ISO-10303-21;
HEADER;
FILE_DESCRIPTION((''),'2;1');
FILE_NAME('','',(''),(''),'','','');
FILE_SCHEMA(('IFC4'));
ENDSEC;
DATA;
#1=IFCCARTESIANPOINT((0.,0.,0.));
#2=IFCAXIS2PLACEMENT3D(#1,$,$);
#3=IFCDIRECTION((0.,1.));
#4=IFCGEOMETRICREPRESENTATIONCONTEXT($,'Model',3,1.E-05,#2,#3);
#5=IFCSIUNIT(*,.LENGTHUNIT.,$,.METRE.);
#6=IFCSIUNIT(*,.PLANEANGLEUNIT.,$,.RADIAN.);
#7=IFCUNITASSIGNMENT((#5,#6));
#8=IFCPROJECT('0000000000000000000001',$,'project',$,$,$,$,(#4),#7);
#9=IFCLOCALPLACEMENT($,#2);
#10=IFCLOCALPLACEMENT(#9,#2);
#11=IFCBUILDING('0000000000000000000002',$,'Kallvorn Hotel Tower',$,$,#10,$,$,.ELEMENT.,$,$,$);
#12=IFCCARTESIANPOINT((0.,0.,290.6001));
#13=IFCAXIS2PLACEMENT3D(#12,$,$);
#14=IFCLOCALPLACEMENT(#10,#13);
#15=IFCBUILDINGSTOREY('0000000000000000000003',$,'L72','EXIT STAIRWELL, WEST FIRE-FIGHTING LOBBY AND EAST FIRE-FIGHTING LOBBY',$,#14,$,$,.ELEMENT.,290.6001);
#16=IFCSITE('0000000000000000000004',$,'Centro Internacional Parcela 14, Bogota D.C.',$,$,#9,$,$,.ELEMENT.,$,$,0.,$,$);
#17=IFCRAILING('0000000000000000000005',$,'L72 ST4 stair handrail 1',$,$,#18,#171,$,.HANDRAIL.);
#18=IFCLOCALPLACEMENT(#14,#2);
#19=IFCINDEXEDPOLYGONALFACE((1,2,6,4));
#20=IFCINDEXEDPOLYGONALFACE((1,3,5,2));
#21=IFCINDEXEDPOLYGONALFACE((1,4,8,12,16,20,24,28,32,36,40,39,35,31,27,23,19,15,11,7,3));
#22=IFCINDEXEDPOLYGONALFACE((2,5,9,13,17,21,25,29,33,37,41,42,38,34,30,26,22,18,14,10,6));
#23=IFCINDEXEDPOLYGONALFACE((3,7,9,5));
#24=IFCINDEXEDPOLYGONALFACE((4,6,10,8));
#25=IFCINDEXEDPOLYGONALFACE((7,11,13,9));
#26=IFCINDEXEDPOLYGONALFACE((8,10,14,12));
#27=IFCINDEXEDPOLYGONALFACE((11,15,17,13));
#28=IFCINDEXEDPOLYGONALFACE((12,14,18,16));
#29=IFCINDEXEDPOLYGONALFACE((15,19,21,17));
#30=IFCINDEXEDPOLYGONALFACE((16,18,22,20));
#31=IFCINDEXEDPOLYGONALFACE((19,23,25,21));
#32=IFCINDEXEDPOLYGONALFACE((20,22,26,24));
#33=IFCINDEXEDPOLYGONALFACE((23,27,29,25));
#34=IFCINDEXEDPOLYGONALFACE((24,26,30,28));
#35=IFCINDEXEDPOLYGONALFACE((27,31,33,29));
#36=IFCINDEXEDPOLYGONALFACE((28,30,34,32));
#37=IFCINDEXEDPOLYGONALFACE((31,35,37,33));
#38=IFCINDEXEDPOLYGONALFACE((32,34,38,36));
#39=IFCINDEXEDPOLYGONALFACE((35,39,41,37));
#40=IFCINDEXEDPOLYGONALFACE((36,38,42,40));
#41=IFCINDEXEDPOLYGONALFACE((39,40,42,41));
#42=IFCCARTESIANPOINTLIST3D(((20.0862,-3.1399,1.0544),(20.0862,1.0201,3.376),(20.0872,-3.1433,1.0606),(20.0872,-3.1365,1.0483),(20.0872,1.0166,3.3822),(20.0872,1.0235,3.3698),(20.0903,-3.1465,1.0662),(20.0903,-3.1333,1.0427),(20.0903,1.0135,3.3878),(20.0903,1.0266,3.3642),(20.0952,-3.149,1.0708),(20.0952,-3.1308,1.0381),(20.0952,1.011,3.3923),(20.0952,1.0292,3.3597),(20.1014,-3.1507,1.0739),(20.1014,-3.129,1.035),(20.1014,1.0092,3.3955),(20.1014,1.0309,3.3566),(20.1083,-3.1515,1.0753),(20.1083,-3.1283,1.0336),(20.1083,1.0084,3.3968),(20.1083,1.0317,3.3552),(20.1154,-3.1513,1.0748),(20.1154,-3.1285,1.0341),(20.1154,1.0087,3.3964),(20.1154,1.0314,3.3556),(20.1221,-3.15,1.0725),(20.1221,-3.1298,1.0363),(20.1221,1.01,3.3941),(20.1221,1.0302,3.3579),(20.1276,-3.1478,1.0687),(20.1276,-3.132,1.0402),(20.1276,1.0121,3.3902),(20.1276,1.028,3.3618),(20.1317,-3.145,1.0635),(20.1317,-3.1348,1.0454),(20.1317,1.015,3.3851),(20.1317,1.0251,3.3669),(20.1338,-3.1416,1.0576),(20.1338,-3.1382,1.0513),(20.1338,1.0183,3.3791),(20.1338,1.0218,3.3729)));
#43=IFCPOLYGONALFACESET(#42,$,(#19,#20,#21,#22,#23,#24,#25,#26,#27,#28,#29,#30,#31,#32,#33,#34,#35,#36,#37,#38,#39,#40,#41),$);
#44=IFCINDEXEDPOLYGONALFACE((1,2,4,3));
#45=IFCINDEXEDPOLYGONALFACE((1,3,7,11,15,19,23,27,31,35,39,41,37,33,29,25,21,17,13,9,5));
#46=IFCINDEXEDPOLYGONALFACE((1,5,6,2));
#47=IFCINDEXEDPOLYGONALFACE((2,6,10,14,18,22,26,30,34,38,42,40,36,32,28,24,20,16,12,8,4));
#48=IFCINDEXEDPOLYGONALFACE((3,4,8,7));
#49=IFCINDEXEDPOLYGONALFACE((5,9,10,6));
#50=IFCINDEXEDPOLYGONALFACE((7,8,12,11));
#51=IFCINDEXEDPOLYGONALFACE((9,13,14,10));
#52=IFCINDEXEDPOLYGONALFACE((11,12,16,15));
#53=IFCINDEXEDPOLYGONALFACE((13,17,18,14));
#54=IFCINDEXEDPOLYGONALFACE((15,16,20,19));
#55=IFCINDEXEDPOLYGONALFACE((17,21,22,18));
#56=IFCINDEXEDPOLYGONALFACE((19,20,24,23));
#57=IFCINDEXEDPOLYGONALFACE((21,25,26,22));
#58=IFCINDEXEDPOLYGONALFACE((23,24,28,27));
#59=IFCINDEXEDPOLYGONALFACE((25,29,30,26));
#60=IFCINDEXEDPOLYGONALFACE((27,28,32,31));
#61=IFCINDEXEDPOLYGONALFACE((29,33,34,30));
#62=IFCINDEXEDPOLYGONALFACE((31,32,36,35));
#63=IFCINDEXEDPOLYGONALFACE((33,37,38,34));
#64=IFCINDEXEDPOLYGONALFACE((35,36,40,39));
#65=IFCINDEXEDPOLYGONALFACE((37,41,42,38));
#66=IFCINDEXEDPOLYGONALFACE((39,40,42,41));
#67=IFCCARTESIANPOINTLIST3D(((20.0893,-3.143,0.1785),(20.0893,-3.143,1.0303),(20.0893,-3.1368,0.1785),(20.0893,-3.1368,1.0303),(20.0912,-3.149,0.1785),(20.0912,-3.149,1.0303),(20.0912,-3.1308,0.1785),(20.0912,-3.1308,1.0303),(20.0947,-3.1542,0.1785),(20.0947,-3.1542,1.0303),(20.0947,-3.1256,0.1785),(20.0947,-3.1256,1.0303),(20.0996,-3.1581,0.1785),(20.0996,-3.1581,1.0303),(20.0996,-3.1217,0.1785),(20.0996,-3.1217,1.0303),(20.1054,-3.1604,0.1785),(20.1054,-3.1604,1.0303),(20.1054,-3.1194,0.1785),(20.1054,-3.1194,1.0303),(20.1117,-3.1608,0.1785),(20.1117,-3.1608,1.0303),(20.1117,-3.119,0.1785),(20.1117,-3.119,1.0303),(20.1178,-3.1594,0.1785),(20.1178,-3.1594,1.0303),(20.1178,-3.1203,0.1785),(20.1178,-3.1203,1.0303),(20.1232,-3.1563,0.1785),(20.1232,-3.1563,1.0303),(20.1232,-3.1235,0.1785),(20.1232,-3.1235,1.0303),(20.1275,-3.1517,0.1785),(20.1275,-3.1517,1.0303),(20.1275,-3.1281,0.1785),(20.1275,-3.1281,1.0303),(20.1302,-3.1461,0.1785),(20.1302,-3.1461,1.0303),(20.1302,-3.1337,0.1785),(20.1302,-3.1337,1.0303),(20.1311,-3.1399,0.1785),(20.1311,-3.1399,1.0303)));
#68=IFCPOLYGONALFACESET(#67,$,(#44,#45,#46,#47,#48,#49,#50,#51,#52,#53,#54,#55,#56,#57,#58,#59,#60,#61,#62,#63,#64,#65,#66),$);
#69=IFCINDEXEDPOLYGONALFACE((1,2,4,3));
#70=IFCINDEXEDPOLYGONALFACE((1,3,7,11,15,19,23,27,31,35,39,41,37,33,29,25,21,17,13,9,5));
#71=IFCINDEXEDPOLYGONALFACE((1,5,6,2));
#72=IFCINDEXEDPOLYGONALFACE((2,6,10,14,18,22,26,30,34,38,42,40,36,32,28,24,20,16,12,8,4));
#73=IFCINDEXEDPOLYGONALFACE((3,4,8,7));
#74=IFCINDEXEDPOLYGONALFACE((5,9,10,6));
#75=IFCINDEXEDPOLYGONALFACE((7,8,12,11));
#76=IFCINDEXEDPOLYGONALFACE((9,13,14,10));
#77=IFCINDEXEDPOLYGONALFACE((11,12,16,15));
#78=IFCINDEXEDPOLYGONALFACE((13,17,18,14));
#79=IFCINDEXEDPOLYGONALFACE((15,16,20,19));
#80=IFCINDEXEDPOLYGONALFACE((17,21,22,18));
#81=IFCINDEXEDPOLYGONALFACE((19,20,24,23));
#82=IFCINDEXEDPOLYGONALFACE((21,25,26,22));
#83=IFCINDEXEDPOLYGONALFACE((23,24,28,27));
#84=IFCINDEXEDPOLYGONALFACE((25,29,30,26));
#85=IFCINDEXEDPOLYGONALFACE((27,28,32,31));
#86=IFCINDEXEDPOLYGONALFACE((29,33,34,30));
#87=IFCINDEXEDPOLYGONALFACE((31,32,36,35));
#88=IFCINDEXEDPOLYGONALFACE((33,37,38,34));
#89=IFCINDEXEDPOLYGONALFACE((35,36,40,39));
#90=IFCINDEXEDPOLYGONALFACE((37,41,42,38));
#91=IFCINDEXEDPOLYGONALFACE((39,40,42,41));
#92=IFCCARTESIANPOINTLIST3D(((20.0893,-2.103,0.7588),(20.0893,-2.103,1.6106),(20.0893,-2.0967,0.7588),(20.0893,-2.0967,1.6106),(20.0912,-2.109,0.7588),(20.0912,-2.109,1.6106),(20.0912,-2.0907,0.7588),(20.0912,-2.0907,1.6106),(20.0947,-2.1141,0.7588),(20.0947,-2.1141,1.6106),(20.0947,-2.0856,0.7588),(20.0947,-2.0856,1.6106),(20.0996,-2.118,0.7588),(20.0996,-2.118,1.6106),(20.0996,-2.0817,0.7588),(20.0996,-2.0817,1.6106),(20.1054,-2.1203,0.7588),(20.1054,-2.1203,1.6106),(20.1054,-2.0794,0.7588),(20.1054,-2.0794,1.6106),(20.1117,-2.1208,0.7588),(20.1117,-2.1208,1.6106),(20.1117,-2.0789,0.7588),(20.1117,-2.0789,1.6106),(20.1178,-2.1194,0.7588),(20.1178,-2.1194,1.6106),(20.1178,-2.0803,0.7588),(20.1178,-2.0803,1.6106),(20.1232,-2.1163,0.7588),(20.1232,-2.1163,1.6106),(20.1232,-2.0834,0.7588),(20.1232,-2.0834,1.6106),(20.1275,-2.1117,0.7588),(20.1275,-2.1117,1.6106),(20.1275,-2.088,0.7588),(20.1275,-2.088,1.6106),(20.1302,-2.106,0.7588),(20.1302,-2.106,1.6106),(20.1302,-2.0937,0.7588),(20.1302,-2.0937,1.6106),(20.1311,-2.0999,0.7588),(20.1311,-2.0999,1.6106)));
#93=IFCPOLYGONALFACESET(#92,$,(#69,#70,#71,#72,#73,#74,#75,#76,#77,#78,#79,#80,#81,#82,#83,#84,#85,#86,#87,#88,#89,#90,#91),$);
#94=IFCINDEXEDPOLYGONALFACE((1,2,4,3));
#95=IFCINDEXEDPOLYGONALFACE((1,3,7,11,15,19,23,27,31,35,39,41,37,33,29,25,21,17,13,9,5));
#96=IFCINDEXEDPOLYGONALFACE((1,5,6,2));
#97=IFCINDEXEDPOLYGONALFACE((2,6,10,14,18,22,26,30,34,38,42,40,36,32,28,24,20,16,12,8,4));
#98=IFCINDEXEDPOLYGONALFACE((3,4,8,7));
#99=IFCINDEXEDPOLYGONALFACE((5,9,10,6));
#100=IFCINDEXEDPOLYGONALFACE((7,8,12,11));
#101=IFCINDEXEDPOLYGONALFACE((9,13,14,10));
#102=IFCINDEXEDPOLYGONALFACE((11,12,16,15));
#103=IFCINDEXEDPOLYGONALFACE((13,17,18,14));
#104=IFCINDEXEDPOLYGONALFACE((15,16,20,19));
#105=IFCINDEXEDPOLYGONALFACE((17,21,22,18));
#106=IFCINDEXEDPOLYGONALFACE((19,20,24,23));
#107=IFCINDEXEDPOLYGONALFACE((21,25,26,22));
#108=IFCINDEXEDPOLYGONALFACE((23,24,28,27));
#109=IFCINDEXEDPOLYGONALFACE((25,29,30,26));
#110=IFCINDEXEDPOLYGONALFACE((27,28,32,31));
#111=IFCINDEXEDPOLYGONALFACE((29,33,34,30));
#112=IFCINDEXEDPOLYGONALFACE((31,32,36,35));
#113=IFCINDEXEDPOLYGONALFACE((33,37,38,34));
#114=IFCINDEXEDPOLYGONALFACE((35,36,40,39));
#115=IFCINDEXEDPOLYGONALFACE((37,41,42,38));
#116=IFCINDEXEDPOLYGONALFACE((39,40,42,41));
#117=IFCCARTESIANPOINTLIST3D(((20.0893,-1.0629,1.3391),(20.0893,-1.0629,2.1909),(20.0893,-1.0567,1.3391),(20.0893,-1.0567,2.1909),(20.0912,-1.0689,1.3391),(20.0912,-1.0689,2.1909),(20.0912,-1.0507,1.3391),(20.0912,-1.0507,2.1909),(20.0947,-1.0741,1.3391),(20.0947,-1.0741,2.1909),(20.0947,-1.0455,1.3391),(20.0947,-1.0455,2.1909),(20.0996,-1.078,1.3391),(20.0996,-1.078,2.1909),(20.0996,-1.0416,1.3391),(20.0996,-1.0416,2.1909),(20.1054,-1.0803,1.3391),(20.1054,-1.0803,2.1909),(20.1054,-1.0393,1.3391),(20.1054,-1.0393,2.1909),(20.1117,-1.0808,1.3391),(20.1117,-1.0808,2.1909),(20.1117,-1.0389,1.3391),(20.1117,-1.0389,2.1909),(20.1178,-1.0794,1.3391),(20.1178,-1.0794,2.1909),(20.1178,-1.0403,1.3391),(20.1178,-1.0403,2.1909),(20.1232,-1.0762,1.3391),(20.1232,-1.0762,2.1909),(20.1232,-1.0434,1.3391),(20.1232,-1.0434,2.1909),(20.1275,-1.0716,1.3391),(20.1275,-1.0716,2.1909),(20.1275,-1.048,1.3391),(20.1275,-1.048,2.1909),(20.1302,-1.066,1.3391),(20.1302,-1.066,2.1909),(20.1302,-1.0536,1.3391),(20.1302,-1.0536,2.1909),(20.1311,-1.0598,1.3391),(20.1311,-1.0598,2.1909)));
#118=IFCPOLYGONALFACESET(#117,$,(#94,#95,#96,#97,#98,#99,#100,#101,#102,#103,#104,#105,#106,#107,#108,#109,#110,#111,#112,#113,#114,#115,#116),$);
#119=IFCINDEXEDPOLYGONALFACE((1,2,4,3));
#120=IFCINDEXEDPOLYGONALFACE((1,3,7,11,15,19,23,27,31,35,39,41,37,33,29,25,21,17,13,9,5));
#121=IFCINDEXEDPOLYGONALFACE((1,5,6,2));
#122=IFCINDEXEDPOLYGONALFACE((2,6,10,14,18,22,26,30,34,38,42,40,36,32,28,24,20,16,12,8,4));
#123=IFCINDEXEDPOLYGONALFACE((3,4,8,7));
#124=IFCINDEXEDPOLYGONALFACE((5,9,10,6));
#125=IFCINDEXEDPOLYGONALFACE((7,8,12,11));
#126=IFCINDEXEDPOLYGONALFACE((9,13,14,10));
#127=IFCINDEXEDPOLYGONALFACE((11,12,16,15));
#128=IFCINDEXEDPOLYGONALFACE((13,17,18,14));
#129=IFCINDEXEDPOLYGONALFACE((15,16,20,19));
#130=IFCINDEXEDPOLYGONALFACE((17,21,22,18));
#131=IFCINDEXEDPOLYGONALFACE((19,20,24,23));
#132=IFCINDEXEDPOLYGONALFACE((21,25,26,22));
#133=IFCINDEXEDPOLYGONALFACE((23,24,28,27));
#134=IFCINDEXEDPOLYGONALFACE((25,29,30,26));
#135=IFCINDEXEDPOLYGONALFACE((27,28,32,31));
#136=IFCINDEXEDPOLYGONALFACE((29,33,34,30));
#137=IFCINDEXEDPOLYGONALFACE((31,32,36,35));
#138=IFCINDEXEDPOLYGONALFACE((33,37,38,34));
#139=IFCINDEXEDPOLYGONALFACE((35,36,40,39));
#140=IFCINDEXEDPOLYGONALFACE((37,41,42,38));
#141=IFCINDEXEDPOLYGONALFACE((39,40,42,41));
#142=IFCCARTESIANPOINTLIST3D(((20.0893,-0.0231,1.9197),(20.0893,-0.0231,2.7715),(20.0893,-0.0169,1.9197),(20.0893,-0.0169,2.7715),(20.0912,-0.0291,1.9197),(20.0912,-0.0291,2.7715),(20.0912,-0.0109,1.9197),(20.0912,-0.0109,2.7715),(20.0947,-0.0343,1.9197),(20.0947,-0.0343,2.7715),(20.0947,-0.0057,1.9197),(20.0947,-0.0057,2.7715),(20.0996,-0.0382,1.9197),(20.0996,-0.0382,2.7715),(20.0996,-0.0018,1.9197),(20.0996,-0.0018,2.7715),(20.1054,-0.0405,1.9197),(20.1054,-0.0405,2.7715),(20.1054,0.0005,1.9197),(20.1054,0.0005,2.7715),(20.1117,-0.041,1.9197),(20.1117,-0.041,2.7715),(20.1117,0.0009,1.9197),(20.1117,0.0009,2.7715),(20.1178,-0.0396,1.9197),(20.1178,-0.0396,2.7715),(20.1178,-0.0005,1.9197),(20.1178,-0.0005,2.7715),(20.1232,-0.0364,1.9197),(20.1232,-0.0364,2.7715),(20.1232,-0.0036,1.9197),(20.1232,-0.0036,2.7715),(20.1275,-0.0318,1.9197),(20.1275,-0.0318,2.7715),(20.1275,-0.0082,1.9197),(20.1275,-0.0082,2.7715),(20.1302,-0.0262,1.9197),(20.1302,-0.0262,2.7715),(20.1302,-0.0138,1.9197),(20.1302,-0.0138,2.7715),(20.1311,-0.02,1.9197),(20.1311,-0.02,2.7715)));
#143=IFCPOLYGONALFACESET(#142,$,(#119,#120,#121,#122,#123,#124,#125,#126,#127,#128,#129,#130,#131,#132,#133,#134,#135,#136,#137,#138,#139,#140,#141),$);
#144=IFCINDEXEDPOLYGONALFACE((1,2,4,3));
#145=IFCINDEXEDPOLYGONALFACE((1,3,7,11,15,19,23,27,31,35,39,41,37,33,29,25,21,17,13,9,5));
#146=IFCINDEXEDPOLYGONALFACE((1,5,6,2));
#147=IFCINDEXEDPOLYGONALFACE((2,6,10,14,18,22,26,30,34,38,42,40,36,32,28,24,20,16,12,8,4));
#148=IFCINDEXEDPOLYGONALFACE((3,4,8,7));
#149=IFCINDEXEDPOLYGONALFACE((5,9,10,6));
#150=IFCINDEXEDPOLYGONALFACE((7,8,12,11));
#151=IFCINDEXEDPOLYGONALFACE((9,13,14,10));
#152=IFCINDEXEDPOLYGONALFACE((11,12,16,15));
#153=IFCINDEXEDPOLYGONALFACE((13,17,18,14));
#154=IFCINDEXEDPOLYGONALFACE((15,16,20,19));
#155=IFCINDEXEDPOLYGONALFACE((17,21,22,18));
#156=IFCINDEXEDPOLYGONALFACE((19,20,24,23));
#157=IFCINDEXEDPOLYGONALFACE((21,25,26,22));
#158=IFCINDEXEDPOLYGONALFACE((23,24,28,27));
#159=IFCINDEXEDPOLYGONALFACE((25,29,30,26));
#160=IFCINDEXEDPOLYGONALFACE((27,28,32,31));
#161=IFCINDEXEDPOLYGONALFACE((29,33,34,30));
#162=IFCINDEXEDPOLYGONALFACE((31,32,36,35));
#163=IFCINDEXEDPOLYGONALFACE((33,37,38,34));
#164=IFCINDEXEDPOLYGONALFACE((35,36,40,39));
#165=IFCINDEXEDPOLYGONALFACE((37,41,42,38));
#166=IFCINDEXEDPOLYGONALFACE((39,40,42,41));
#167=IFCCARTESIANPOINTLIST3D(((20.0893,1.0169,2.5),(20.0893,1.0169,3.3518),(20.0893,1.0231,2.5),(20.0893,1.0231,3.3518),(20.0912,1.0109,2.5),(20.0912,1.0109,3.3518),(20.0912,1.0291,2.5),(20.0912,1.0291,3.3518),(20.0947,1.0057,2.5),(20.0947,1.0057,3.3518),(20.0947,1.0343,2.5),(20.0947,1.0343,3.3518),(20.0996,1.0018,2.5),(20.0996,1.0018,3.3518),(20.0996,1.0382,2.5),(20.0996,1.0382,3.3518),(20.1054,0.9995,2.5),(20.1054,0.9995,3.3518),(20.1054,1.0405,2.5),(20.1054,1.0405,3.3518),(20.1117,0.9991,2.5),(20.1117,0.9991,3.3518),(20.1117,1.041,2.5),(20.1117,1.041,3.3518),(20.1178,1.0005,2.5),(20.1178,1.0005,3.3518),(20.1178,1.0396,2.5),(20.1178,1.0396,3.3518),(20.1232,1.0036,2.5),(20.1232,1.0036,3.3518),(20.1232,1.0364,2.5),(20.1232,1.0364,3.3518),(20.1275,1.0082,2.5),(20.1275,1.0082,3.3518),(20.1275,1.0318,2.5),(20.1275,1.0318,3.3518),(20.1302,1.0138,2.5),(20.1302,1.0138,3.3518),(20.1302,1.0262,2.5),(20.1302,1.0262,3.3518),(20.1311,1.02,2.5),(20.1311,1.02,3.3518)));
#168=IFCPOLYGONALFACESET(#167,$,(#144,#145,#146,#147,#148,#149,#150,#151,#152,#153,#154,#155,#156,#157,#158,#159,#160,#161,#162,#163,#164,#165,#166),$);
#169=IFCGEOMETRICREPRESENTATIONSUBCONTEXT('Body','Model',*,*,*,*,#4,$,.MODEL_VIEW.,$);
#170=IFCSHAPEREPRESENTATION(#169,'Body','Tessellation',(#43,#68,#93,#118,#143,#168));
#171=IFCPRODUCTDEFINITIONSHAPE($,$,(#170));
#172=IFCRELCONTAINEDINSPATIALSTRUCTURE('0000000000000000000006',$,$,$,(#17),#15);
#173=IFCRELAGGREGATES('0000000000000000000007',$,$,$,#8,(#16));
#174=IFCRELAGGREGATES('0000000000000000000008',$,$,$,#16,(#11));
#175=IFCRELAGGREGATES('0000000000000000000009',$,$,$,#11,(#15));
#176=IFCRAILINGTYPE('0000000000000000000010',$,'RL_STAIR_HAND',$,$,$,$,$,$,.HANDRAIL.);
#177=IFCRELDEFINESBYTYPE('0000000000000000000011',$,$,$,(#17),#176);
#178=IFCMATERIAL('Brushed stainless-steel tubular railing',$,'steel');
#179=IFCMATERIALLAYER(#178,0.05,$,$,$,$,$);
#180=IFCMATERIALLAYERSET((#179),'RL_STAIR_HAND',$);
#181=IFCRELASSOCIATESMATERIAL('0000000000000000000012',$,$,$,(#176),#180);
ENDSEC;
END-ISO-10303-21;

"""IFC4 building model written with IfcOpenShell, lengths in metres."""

from ifc_helpers import new_model, si_unit, direction, frame, origin, origin_2d, place, context, subcontext, project, spatial, circle, extrude, material, layer, layer_set, type_object, element, save


model = new_model("IFC4")

# Units and contexts
model_context = context("Model", 3, precision=1e-05, world=origin(), true_north=direction((0.0, 1.0)))
body_context = subcontext(model_context, "Body", "Model", "MODEL_VIEW")
ifc_project = project(units=[si_unit("LENGTHUNIT", "METRE"), si_unit("PLANEANGLEUNIT", "RADIAN")], contexts=[model_context])

# Site, building, storey
site_placement = place(None, origin())
site = spatial("IfcSite", under=ifc_project, at=site_placement, Name="Centro Internacional Parcela 14, Bogota D.C.", CompositionType="ELEMENT", RefElevation=0.0)
building_placement = place(site_placement, origin())
building = spatial("IfcBuilding", under=site, at=building_placement, Name="Kallvorn Hotel Tower", CompositionType="ELEMENT")
storey_placement = place(building_placement, frame((0.0, 0.0, 290.6001)))
storey = spatial("IfcBuildingStorey", under=building, at=storey_placement, Name="L72", Description="EXIT STAIRWELL, WEST FIRE-FIGHTING LOBBY AND EAST FIRE-FIGHTING LOBBY", CompositionType="ELEMENT", Elevation=290.6001)

# Railing
ifc_material_1 = material(Name="Brushed stainless-steel tubular railing", Category="steel")
ifc_layer_1 = layer(ifc_material_1, 0.05)
ifc_layer_set_1 = layer_set([ifc_layer_1], Name="RL_STAIR_HAND")
railing_type_1 = type_object("IfcRailingType", Name="RL_STAIR_HAND", PredefinedType="HANDRAIL", material=ifc_layer_set_1)
railing_1_placement = place(storey_placement, frame((20.1101, -3.1399, 0.1785)))
element("IfcRailing", 1, at=railing_1_placement, inside=storey, type_object=railing_type_1, Name="L72 ST4 stair handrail 1", PredefinedType="HANDRAIL", context=body_context, shape_type="SweptSolid", body=[
    extrude(circle(Radius=0.0239, at=origin_2d()), frame((0.0, 0.0, 0.876), z_axis=(0.0, 0.873223, 0.487322), x_axis=(-1.0, 0.0, 0.0)), (0.0, 0.0, 1.0), 4.7639),
    extrude(circle(Radius=0.021, at=origin_2d()), origin(), (0.0, 0.0, 1.0), 0.8518),
    extrude(circle(Radius=0.021, at=origin_2d()), frame((0.0, 1.04, 0.5803)), (0.0, 0.0, 1.0), 0.8518),
    extrude(circle(Radius=0.021, at=origin_2d()), frame((0.0, 2.0801, 1.1606)), (0.0, 0.0, 1.0), 0.8518),
    extrude(circle(Radius=0.021, at=origin_2d()), frame((0.0, 3.1199, 1.7412)), (0.0, 0.0, 1.0), 0.8518),
    extrude(circle(Radius=0.021, at=origin_2d()), frame((0.0, 4.1599, 2.3215)), (0.0, 0.0, 1.0), 0.8518),
])

save(model, "model.ifc")
